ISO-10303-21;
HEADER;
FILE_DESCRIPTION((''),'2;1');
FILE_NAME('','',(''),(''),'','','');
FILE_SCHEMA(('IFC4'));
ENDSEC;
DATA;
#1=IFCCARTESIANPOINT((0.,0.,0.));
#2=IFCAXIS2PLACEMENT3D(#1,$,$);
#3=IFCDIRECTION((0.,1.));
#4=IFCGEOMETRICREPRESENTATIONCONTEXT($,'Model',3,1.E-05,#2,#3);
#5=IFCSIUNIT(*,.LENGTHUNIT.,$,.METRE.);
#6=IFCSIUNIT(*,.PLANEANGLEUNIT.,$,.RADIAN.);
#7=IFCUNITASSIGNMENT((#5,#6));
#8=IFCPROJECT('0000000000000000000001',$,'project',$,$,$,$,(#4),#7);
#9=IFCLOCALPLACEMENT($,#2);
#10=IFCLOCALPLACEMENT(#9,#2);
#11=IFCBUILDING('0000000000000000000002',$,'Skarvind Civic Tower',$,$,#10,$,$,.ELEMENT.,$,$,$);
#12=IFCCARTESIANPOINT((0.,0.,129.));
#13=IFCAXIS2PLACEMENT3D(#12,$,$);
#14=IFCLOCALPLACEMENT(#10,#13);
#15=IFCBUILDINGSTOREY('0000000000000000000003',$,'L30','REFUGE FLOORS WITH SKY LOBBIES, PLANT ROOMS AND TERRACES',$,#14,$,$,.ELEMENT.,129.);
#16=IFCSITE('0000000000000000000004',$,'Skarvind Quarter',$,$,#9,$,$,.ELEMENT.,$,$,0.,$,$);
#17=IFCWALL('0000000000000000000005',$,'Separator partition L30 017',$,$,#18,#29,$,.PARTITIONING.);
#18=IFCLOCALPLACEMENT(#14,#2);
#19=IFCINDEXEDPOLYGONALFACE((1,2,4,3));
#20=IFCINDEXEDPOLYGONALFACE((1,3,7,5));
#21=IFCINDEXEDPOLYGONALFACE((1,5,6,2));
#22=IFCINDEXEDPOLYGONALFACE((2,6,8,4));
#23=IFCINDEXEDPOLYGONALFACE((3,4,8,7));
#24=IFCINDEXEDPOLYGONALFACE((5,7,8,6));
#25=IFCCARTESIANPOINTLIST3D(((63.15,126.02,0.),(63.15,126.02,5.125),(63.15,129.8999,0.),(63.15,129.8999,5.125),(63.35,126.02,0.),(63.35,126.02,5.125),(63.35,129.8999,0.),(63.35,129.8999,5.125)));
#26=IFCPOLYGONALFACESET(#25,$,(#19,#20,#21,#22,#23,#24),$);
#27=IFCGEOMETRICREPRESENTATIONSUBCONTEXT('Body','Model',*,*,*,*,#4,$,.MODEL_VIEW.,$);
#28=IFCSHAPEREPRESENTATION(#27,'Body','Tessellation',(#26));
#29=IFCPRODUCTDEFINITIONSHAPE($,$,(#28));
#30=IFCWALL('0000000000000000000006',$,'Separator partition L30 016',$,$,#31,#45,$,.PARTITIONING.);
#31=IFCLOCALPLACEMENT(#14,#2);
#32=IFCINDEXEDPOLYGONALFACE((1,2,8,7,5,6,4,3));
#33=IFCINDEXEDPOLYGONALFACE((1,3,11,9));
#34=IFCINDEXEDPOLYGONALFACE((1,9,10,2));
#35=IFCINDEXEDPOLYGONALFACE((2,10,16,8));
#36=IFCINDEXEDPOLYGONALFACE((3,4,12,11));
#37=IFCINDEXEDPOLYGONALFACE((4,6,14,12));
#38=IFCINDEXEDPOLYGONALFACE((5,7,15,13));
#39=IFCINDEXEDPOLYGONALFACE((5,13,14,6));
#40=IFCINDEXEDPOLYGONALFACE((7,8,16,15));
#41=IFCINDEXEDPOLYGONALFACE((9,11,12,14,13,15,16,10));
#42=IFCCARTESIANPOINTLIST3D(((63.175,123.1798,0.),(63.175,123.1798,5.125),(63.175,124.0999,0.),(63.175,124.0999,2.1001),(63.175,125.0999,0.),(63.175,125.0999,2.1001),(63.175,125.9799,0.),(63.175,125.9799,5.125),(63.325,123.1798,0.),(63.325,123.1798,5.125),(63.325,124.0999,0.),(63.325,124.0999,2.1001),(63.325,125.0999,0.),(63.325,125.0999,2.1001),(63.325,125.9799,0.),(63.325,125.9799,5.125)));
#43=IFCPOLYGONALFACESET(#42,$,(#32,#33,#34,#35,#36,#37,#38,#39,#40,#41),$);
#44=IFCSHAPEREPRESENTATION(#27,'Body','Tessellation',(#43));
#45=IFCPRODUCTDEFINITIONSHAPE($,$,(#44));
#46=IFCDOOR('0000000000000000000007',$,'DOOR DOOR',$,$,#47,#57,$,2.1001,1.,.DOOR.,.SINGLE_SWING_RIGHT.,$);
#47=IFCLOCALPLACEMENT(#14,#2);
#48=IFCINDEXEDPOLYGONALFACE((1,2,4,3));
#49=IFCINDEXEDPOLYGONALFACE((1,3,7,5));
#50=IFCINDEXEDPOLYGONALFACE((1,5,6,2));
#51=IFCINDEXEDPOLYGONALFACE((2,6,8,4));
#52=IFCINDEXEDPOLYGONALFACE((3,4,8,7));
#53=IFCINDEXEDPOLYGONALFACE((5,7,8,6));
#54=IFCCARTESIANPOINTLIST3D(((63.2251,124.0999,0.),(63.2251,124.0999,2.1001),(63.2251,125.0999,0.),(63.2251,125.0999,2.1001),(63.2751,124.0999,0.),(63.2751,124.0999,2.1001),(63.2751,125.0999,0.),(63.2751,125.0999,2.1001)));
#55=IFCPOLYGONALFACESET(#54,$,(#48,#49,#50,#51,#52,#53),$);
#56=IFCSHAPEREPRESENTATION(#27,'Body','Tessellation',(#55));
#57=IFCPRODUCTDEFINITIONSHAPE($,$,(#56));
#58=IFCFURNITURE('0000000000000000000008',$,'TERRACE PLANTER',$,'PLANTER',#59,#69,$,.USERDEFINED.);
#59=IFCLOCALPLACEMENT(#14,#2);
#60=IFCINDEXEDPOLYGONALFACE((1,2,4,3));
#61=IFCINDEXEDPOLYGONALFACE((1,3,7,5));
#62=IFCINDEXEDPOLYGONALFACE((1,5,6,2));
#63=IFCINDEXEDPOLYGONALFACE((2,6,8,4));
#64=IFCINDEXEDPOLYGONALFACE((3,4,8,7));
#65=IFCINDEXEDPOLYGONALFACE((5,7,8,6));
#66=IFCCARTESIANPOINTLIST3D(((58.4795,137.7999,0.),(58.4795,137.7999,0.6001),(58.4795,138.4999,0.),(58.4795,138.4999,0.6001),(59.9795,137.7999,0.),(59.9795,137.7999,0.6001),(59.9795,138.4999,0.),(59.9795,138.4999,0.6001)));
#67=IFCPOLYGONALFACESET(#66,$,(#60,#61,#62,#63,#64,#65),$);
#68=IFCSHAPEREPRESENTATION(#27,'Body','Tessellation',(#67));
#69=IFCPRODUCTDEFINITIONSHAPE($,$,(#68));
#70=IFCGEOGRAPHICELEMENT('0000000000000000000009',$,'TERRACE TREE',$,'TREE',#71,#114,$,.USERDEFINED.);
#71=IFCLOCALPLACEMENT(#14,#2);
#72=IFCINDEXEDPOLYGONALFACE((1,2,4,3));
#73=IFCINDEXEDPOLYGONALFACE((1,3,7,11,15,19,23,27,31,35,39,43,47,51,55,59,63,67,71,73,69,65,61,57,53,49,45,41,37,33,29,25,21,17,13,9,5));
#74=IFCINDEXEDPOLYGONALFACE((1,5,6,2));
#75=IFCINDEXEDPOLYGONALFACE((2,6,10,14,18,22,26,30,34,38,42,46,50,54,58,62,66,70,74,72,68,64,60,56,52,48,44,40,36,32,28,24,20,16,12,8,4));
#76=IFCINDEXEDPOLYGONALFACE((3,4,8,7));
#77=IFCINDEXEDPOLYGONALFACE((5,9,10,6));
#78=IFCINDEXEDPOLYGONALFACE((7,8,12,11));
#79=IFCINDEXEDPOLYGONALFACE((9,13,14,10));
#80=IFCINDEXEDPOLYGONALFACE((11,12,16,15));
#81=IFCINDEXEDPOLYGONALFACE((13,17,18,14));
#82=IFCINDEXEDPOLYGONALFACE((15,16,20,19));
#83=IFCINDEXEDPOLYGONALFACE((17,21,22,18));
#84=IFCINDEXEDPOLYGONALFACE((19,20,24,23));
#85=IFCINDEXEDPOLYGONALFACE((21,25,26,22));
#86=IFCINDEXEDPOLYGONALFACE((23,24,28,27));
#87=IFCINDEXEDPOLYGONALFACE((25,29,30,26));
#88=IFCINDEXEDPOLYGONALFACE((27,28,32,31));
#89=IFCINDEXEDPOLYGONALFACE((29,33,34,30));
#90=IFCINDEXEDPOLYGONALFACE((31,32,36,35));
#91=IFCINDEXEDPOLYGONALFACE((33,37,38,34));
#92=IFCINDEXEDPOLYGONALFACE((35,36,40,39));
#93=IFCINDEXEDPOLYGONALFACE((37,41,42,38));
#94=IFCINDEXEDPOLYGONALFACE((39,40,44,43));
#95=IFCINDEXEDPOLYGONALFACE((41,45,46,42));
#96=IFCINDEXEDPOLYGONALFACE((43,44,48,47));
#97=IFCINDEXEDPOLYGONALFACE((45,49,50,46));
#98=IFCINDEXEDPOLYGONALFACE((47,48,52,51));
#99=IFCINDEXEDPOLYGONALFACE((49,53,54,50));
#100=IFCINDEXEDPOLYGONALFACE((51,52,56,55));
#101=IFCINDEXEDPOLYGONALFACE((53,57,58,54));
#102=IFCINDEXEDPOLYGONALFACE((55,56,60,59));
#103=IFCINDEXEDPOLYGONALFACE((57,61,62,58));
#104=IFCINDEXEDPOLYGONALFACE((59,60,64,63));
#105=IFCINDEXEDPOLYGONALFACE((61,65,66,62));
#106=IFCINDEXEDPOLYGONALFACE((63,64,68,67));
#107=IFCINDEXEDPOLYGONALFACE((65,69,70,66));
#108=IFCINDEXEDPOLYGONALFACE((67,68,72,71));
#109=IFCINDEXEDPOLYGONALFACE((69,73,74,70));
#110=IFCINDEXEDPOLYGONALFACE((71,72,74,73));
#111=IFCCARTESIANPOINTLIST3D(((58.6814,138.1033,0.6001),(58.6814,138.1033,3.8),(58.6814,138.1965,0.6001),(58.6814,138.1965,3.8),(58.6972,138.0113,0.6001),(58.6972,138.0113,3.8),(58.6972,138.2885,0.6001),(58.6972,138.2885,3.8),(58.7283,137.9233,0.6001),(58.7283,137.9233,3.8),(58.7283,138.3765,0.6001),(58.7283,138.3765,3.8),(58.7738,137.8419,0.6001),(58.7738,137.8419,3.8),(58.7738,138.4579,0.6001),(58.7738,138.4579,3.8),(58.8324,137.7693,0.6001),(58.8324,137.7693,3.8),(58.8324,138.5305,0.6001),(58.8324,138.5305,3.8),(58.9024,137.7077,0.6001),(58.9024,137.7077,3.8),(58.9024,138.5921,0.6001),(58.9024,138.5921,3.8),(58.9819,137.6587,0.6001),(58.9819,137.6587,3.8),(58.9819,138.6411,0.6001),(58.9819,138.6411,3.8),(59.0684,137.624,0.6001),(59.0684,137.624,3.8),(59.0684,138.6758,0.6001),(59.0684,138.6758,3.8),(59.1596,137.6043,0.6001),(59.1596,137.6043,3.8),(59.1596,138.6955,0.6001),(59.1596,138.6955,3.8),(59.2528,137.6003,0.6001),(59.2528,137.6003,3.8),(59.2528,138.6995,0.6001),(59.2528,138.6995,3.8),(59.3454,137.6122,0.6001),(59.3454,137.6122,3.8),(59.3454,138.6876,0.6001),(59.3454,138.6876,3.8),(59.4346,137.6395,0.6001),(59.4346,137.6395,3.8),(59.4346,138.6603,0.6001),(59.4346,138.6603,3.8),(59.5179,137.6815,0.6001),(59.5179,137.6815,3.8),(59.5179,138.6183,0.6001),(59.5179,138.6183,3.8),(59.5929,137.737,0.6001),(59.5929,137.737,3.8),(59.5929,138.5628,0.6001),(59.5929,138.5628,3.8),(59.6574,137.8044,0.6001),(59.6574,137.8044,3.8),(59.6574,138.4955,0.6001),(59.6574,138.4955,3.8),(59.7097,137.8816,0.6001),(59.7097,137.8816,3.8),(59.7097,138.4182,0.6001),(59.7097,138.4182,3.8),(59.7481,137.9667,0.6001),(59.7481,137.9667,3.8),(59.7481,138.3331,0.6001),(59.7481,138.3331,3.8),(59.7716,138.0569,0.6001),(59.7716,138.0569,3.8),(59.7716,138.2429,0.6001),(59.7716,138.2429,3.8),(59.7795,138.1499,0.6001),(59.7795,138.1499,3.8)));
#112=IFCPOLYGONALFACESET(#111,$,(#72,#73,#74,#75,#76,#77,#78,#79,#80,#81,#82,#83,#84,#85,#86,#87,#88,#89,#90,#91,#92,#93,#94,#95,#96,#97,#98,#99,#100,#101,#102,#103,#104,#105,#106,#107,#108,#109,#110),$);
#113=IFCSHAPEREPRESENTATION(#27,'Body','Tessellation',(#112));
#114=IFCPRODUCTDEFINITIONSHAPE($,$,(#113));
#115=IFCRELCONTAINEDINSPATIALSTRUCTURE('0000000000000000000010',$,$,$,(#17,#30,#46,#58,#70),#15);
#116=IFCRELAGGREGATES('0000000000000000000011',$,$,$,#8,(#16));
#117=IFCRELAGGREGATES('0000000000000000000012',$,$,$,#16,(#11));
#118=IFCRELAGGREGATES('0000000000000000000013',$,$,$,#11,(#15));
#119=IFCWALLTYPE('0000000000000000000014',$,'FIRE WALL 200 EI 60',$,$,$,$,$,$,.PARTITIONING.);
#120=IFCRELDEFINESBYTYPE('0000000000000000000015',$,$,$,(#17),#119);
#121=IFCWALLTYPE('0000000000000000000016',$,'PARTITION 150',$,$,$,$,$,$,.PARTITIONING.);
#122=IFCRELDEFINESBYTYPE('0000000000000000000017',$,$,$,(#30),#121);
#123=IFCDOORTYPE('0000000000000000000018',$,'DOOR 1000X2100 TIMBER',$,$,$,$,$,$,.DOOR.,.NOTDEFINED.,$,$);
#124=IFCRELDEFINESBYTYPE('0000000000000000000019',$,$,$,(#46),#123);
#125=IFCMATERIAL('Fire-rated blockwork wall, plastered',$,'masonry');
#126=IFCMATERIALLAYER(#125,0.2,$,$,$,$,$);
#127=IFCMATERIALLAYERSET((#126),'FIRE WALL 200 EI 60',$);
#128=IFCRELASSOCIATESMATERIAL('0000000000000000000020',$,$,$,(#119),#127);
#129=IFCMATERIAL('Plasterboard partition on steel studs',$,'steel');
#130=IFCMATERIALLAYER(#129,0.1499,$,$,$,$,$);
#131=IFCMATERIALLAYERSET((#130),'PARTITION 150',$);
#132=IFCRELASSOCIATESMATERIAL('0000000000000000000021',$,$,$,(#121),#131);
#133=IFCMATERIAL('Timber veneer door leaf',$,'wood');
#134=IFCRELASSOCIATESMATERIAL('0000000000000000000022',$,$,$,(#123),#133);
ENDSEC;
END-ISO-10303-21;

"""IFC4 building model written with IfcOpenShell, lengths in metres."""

from ifc_helpers import new_model, si_unit, direction, frame, frame_2d, origin, origin_2d, place, context, subcontext, project, spatial, rectangle, circle, extrude, material, layer, layer_set, type_object, element, fill, save


model = new_model("IFC4")

# Units and contexts
model_context = context("Model", 3, precision=1e-05, world=origin(), true_north=direction((0.0, 1.0)))
body_context = subcontext(model_context, "Body", "Model", "MODEL_VIEW")
ifc_project = project(units=[si_unit("LENGTHUNIT", "METRE"), si_unit("PLANEANGLEUNIT", "RADIAN")], contexts=[model_context])

# Site, building, storey
site_placement = place(None, origin())
site = spatial("IfcSite", under=ifc_project, at=site_placement, Name="Skarvind Quarter", CompositionType="ELEMENT", RefElevation=0.0)
building_placement = place(site_placement, origin())
building = spatial("IfcBuilding", under=site, at=building_placement, Name="Skarvind Civic Tower", CompositionType="ELEMENT")
storey_placement = place(building_placement, frame((0.0, 0.0, 129.0)))
storey = spatial("IfcBuildingStorey", under=building, at=storey_placement, Name="L30", Description="REFUGE FLOORS WITH SKY LOBBIES, PLANT ROOMS AND TERRACES", CompositionType="ELEMENT", Elevation=129.0)

# Wall
ifc_material_1 = material(Name="Fire-rated blockwork wall, plastered", Category="masonry")
ifc_layer_1 = layer(ifc_material_1, 0.2)
ifc_layer_set_1 = layer_set([ifc_layer_1], Name="FIRE WALL 200 EI 60")
wall_type_1 = type_object("IfcWallType", Name="FIRE WALL 200 EI 60", PredefinedType="PARTITIONING", material=ifc_layer_set_1)
wall_1_placement = place(storey_placement, frame((63.25, 126.02, 0.0), z_axis=(0.0, 0.0, 1.0), x_axis=(0.0, 1.0, 0.0)))
element("IfcWall", 1, at=wall_1_placement, inside=storey, type_object=wall_type_1, Name="Separator partition L30 017", PredefinedType="PARTITIONING", context=body_context, shape_type="SweptSolid", body=[
    extrude(rectangle(XDim=3.8799, YDim=0.2, at=frame_2d((1.9399, 0.0))), origin(), (0.0, 0.0, 1.0), 5.125),
])

# Wall, opening, door
ifc_material_2 = material(Name="Plasterboard partition on steel studs", Category="steel")
ifc_layer_2 = layer(ifc_material_2, 0.1499)
ifc_layer_set_2 = layer_set([ifc_layer_2], Name="PARTITION 150")
wall_type_2 = type_object("IfcWallType", Name="PARTITION 150", PredefinedType="PARTITIONING", material=ifc_layer_set_2)
wall_2_placement = place(storey_placement, frame((63.25, 123.1799, 0.0), z_axis=(0.0, 0.0, 1.0), x_axis=(0.0, 1.0, 0.0)))
wall_2 = element("IfcWall", 2, at=wall_2_placement, inside=storey, type_object=wall_type_2, Name="Separator partition L30 016", PredefinedType="PARTITIONING", context=body_context, shape_type="SweptSolid", body=[
    extrude(rectangle(XDim=2.8, YDim=0.1499, at=frame_2d((1.3999, 0.0))), origin(), (0.0, 0.0, 1.0), 5.125),
])
opening_1_placement = place(wall_2_placement, frame((0.9199, 0.0, 0.0)))
opening_1 = element("IfcOpeningElement", 3, at=opening_1_placement, cuts=wall_2, PredefinedType="OPENING", context=body_context, shape_type="SweptSolid", body=[
    extrude(rectangle(XDim=1.0, YDim=2.1001, at=frame_2d((0.5, 1.05))), frame((0.0, 0.085, 0.0), z_axis=(0.0, -1.0, 0.0), x_axis=(1.0, 0.0, 0.0)), (0.0, 0.0, 1.0), 0.1699),
])
ifc_material_3 = material(Name="Timber veneer door leaf", Category="wood")
door_type_1 = type_object("IfcDoorType", Name="DOOR 1000X2100 TIMBER", OperationType="NOTDEFINED", PredefinedType="DOOR", material=ifc_material_3)
door_1_placement = place(opening_1_placement, origin())
door_1 = element("IfcDoor", 4, at=door_1_placement, inside=storey, type_object=door_type_1, Name="DOOR DOOR", OperationType="SINGLE_SWING_RIGHT", OverallHeight=2.1001, OverallWidth=1.0, PredefinedType="DOOR", context=body_context, shape_type="SweptSolid", body=[
    extrude(rectangle(XDim=1.0, YDim=2.1001, at=frame_2d((0.5, 1.05))), frame((0.0, 0.0249, 0.0), z_axis=(0.0, -1.0, 0.0), x_axis=(1.0, 0.0, 0.0)), (0.0, 0.0, 1.0), 0.05),
])
fill(opening_1, door_1)

# Furniture
furniture_placement = place(storey_placement, frame((59.2295, 138.1499, 0.0), z_axis=(0.0, 0.0, 1.0), x_axis=(1.0, 0.0, 0.0)))
element("IfcFurniture", 5, at=furniture_placement, inside=storey, Name="TERRACE PLANTER", ObjectType="PLANTER", PredefinedType="USERDEFINED", context=body_context, shape_type="SweptSolid", body=[
    extrude(rectangle(XDim=1.5, YDim=0.7, at=origin_2d()), origin(), (0.0, 0.0, 1.0), 0.6001),
])

# Geographic element
geographic_element_placement = place(storey_placement, frame((59.2295, 138.1499, 0.6001), z_axis=(0.0, 0.0, 1.0), x_axis=(1.0, 0.0, 0.0)))
element("IfcGeographicElement", 6, at=geographic_element_placement, inside=storey, Name="TERRACE TREE", ObjectType="TREE", PredefinedType="USERDEFINED", context=body_context, shape_type="SweptSolid", body=[
    extrude(circle(Radius=0.55, at=origin_2d()), origin(), (0.0, 0.0, 1.0), 3.2),
])

save(model, "model.ifc")
